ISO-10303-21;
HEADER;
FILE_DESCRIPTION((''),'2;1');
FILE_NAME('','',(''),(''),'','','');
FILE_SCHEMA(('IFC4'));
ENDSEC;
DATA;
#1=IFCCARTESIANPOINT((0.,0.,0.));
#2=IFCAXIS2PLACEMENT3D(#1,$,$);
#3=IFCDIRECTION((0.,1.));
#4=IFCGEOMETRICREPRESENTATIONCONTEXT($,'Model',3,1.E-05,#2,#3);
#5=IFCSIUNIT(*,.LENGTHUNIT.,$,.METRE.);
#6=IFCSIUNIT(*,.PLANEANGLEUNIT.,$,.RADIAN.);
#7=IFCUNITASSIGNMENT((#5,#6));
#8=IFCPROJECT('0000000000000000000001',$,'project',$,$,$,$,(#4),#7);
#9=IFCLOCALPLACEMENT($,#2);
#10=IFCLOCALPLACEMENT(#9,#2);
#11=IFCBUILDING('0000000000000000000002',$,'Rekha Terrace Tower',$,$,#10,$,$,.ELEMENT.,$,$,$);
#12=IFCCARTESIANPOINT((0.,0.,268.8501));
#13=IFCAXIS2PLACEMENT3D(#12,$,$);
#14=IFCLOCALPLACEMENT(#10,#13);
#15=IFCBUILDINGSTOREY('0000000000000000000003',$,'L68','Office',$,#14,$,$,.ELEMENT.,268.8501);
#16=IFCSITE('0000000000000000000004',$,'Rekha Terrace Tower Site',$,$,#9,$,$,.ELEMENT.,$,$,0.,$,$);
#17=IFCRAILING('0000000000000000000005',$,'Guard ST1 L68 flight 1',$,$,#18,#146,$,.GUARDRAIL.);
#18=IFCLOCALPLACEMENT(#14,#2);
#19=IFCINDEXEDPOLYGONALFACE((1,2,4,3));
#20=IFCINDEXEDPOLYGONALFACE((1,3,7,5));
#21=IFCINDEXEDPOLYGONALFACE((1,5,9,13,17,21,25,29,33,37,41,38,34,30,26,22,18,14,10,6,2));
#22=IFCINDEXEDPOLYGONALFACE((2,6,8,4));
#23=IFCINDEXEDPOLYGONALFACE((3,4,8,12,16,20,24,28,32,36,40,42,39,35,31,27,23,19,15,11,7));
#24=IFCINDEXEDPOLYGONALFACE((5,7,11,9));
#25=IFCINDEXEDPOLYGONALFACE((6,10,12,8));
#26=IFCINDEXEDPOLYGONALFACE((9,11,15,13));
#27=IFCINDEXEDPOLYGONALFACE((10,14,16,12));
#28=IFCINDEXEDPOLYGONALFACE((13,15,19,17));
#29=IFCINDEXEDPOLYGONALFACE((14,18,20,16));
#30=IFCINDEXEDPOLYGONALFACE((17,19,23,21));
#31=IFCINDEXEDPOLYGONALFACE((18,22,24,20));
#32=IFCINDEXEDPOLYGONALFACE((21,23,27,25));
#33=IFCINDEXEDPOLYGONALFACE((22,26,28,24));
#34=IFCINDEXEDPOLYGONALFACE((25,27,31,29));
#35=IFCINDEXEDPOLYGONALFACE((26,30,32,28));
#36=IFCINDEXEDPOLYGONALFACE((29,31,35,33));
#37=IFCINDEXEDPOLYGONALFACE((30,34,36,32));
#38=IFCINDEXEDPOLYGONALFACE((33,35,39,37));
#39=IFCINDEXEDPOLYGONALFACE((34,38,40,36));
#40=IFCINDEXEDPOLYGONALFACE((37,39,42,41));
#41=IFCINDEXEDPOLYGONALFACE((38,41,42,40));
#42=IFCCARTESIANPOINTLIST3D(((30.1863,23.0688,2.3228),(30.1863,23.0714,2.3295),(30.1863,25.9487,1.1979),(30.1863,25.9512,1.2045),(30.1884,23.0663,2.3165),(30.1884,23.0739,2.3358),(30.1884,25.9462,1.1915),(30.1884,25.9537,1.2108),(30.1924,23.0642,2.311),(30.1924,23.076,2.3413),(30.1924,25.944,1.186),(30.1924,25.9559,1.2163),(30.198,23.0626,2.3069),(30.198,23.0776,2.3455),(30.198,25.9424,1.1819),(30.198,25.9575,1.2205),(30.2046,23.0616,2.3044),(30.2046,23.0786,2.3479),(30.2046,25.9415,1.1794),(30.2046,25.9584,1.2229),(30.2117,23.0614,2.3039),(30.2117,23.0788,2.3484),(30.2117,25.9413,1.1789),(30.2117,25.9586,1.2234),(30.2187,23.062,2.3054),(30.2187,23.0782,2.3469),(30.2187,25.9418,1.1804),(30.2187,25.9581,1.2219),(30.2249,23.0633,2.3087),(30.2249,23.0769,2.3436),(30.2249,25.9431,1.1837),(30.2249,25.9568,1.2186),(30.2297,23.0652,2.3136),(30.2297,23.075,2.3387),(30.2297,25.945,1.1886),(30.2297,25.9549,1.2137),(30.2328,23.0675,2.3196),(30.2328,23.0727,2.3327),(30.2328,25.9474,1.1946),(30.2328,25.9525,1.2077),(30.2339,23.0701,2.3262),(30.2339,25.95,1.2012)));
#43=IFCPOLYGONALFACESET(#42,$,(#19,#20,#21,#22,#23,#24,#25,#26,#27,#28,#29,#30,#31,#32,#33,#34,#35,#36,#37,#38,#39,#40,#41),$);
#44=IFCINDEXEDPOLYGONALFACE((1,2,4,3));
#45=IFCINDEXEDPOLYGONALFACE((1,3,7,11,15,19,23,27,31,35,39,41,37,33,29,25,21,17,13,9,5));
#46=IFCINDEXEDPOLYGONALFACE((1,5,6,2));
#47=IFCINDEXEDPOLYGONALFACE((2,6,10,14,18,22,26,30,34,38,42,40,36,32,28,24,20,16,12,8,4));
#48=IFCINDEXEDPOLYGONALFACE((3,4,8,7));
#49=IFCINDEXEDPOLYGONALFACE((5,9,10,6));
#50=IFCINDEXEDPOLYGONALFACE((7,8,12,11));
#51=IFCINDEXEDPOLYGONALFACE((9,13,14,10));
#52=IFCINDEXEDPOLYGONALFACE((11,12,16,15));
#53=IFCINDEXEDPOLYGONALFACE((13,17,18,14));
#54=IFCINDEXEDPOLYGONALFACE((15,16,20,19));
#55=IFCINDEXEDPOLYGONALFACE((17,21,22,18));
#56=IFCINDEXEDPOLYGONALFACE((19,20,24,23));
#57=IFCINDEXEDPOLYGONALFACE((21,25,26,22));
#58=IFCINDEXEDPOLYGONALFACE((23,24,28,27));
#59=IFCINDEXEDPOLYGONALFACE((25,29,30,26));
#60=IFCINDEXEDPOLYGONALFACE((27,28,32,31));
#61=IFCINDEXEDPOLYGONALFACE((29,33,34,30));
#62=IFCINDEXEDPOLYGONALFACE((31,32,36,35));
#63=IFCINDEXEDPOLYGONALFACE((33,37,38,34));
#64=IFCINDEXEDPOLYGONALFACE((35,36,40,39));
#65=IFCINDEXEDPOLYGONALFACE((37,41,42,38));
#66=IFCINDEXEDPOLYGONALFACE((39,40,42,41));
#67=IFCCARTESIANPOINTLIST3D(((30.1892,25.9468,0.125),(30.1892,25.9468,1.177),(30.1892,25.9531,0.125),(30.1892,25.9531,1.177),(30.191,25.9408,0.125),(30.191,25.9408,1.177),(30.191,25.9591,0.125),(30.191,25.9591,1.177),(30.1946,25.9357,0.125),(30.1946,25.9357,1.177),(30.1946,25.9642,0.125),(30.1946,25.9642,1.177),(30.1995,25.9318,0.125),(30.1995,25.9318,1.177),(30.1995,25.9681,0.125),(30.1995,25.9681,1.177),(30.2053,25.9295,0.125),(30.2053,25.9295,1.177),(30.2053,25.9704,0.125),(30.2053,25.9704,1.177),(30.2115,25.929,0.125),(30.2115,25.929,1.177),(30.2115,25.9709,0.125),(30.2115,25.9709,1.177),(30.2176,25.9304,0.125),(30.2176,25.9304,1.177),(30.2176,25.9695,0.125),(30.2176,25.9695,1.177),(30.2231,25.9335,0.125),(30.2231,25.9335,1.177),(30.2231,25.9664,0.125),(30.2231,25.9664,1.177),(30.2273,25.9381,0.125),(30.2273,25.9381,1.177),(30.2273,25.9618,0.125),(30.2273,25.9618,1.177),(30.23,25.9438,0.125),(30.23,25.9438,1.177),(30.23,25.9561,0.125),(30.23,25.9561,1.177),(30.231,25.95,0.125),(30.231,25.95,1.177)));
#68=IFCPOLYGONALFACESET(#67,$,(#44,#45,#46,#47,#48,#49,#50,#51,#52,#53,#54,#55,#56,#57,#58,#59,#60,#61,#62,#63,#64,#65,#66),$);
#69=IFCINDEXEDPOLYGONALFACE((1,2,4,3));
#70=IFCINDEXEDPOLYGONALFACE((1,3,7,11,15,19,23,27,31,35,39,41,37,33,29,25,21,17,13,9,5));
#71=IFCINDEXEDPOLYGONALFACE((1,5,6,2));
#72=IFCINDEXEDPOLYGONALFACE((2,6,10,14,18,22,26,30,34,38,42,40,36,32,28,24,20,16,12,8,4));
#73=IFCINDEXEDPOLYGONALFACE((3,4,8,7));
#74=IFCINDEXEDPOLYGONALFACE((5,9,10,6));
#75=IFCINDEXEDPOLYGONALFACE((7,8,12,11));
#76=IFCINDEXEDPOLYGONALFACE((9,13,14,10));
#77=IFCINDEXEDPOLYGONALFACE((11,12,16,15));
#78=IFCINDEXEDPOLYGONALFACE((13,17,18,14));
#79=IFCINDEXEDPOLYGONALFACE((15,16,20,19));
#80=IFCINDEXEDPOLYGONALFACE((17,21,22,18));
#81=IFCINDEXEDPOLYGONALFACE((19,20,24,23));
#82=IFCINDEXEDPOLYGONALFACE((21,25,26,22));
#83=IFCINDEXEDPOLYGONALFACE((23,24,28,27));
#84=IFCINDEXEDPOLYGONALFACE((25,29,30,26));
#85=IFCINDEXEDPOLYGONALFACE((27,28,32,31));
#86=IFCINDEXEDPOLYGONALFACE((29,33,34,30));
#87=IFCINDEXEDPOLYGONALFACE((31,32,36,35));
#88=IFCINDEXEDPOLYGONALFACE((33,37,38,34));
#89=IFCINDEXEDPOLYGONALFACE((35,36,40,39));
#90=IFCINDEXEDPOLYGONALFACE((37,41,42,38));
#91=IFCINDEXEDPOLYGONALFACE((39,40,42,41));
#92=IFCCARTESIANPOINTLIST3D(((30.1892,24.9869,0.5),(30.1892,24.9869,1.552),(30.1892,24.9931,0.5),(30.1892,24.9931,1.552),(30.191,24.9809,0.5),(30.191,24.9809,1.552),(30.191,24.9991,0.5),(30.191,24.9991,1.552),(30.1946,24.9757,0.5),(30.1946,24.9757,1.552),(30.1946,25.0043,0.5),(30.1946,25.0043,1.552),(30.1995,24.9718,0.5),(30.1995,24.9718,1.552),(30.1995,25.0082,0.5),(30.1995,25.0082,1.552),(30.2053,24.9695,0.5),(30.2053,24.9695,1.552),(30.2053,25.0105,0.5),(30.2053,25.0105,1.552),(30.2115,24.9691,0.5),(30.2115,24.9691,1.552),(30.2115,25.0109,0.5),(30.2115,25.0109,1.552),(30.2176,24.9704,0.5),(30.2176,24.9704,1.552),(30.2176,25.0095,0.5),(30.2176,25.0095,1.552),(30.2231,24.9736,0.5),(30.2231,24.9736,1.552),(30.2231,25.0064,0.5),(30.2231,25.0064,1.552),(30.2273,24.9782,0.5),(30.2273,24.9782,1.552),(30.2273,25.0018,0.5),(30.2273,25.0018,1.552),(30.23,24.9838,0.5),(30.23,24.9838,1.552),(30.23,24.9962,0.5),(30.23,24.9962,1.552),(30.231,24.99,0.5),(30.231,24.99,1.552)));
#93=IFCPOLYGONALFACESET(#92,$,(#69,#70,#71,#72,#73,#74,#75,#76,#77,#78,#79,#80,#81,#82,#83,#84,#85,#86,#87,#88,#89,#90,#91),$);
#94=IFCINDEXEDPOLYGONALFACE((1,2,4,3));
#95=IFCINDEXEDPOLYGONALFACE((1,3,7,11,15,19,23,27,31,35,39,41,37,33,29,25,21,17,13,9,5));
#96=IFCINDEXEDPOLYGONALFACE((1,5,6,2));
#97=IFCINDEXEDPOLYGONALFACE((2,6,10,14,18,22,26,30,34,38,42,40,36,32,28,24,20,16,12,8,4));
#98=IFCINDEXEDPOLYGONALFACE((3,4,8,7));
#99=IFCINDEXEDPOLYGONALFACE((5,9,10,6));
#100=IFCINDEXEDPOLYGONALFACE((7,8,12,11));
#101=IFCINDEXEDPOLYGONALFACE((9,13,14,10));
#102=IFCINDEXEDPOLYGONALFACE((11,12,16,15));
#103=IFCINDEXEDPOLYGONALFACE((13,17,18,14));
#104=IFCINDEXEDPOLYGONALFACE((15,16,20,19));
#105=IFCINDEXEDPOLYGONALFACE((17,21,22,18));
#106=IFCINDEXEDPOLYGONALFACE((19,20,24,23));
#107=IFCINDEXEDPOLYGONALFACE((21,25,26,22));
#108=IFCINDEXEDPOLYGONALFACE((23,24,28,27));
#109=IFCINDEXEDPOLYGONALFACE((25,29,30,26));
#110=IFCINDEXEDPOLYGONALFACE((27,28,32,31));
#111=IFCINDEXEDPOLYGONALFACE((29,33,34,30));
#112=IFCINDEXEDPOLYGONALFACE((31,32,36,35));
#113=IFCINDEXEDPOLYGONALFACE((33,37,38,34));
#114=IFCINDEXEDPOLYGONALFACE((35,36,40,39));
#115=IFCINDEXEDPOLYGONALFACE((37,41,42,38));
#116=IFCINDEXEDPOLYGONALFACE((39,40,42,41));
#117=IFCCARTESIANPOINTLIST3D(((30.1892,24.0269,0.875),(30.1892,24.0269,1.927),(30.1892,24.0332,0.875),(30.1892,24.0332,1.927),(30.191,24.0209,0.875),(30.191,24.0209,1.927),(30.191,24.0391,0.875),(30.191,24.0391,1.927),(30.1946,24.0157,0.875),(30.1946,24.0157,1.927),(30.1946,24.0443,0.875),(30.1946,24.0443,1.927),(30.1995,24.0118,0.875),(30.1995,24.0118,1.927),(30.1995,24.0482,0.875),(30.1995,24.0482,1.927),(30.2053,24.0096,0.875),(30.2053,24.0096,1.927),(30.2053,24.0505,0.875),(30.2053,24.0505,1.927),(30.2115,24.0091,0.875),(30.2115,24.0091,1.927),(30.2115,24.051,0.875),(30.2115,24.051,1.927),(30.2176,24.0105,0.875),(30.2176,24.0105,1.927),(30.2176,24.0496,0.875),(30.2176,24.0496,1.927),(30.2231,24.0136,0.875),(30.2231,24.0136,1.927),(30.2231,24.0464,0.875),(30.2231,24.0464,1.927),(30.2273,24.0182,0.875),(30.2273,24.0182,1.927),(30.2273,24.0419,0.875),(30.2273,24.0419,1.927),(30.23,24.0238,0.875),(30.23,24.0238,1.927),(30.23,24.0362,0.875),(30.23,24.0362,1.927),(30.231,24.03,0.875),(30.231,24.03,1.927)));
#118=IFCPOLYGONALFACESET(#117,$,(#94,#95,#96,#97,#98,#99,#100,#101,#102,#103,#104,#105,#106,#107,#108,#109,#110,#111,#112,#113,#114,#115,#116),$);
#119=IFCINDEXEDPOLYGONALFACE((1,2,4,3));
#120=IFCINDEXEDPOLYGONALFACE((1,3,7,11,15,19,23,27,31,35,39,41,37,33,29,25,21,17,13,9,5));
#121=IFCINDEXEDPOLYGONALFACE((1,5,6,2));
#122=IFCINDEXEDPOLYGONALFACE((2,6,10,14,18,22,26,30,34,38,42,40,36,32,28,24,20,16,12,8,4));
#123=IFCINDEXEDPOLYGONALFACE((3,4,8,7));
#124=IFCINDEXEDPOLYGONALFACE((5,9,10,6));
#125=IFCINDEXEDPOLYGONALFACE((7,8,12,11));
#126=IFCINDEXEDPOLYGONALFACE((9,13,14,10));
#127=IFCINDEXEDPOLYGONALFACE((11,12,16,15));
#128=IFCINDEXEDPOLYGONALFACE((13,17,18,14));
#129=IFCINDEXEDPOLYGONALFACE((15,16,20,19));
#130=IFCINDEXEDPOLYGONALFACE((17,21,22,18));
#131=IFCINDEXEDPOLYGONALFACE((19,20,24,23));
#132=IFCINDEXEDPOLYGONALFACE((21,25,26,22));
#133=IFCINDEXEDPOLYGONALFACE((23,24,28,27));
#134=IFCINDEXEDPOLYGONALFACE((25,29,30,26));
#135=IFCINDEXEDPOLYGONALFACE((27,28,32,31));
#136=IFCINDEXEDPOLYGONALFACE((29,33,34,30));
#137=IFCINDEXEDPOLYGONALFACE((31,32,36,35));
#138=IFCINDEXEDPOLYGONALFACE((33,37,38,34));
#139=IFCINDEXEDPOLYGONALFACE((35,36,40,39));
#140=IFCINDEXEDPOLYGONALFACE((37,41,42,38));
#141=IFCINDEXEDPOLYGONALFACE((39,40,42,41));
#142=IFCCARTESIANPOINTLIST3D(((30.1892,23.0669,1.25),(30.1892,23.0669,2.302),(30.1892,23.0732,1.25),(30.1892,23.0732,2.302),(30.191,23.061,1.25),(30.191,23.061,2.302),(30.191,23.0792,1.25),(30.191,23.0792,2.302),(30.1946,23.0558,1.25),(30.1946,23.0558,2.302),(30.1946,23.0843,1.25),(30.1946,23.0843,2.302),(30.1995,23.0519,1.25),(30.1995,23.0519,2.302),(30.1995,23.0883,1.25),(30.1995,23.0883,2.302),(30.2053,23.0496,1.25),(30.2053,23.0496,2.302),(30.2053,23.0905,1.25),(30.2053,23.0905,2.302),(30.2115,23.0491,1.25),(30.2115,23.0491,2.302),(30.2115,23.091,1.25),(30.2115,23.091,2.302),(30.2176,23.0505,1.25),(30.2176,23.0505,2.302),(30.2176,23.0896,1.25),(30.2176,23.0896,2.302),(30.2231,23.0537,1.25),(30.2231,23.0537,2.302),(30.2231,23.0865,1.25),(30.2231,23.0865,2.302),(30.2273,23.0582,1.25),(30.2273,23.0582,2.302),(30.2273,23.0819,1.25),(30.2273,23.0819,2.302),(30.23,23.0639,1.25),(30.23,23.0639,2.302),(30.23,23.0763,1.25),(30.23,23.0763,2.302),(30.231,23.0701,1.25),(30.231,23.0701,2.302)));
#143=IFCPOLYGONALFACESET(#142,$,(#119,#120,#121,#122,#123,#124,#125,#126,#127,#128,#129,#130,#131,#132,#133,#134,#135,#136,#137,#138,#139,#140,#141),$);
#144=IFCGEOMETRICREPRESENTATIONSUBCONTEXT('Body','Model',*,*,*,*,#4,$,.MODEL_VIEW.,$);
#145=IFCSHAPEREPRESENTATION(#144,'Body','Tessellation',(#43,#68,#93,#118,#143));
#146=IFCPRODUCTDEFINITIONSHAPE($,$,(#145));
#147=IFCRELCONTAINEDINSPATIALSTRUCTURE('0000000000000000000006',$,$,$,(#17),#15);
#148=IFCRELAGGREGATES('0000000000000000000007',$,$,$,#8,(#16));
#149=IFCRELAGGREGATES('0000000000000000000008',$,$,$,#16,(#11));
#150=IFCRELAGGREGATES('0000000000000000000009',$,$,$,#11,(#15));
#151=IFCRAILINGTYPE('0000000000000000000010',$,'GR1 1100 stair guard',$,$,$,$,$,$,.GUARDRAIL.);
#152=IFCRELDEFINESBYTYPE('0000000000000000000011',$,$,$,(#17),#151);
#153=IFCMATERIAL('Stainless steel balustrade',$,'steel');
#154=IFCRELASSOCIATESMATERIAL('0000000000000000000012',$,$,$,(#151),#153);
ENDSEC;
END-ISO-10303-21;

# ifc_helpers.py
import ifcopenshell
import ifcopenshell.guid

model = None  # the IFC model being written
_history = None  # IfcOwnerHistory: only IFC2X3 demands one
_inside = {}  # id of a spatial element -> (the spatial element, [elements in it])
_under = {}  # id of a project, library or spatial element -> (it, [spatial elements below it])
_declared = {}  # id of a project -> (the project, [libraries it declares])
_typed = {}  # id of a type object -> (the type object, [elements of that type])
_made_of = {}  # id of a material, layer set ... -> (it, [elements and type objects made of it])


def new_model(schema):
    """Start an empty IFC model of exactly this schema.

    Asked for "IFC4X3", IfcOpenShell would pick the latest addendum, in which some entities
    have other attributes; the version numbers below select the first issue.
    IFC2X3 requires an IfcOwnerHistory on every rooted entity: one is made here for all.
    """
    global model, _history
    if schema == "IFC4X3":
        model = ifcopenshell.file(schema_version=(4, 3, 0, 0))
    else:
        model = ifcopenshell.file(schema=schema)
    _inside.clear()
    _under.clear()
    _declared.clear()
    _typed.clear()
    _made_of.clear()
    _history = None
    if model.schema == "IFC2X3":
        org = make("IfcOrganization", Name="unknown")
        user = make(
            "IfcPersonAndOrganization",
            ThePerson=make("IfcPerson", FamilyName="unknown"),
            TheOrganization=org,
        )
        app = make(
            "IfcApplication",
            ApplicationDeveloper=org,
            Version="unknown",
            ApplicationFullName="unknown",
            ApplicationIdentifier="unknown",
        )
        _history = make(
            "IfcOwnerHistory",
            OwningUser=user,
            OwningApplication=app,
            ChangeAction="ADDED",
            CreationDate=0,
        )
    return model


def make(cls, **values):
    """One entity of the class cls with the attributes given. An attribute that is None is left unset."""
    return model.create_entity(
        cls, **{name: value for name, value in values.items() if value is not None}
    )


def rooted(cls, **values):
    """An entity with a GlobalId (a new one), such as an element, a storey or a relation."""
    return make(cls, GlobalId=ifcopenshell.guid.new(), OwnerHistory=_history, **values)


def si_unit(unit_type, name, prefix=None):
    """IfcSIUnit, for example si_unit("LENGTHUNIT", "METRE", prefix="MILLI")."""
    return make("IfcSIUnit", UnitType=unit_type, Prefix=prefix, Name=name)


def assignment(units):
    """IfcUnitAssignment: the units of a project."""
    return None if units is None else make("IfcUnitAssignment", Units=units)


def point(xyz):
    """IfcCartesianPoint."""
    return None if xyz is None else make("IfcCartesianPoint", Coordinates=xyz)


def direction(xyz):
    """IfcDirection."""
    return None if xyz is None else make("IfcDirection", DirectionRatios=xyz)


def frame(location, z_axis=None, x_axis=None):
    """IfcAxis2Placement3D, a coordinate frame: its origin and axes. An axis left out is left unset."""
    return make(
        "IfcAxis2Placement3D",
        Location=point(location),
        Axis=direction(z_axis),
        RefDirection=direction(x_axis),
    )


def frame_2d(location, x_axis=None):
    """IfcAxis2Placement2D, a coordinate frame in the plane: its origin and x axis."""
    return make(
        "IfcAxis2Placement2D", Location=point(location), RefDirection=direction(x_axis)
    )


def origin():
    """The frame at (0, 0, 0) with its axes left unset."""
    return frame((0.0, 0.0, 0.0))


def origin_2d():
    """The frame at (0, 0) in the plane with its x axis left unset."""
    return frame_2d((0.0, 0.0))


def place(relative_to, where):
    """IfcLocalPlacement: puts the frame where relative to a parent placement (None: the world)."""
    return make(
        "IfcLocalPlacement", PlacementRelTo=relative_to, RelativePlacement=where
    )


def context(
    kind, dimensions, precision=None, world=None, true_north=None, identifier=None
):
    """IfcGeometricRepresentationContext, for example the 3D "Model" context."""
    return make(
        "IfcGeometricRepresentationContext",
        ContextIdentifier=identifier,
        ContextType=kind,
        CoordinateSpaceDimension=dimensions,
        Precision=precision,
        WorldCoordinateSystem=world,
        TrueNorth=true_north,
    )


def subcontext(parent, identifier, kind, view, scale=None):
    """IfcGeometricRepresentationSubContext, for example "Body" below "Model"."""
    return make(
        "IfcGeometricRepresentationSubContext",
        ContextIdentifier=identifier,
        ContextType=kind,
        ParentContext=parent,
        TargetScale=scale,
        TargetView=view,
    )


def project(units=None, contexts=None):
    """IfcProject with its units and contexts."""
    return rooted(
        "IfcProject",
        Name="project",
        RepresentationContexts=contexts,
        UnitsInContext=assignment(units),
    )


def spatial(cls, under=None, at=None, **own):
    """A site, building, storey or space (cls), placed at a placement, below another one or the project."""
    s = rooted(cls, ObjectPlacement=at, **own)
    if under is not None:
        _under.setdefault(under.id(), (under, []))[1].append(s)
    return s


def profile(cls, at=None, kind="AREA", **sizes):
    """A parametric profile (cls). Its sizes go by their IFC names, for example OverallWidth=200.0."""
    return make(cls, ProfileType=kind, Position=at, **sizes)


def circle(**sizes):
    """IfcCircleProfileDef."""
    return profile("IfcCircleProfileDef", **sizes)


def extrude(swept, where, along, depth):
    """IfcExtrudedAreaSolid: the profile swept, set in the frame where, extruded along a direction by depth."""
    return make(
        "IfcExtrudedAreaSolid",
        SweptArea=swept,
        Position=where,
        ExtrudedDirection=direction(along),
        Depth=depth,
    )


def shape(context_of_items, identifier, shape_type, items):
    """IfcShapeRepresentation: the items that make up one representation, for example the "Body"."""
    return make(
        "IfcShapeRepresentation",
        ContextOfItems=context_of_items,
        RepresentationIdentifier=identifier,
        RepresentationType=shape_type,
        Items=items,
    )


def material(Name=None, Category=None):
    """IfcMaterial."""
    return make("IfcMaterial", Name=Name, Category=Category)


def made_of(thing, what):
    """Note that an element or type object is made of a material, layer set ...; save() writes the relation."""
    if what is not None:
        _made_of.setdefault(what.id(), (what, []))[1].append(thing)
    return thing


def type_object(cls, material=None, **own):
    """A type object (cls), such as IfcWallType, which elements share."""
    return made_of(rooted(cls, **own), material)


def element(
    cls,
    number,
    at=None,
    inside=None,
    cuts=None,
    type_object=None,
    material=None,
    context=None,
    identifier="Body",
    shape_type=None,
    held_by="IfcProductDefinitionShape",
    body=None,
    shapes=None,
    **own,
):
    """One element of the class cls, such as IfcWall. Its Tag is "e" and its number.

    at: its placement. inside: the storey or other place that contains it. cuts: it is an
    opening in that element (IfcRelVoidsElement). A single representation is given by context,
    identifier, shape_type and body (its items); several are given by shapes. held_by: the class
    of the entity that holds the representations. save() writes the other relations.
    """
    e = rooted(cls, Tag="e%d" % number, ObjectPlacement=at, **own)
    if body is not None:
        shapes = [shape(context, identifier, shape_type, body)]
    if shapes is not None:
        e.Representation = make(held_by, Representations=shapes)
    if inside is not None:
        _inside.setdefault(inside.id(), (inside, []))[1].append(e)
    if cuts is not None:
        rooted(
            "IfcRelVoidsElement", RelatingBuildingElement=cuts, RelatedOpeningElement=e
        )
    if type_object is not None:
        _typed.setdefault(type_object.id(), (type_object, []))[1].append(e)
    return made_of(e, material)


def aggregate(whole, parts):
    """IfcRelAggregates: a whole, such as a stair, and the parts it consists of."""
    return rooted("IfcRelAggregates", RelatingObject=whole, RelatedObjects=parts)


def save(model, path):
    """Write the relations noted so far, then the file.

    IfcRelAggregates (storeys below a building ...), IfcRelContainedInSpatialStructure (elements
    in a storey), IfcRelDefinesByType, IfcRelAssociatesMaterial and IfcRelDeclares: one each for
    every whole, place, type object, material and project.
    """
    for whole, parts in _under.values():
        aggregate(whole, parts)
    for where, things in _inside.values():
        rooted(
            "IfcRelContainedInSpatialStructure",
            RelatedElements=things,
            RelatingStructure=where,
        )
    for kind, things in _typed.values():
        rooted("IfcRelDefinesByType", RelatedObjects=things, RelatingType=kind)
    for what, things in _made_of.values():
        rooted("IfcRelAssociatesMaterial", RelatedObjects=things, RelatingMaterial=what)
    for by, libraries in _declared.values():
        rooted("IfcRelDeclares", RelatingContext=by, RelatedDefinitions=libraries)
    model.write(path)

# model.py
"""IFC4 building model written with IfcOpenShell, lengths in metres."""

from ifc_helpers import new_model, si_unit, direction, frame, origin, origin_2d, place, context, subcontext, project, spatial, circle, extrude, material, type_object, element, save


model = new_model("IFC4")

# Units and contexts
model_context = context("Model", 3, precision=1e-05, world=origin(), true_north=direction((0.0, 1.0)))
body_context = subcontext(model_context, "Body", "Model", "MODEL_VIEW")
ifc_project = project(units=[si_unit("LENGTHUNIT", "METRE"), si_unit("PLANEANGLEUNIT", "RADIAN")], contexts=[model_context])

# Site, building, storey
site_placement = place(None, origin())
site = spatial("IfcSite", under=ifc_project, at=site_placement, Name="Rekha Terrace Tower Site", CompositionType="ELEMENT", RefElevation=0.0)
building_placement = place(site_placement, origin())
building = spatial("IfcBuilding", under=site, at=building_placement, Name="Rekha Terrace Tower", CompositionType="ELEMENT")
storey_placement = place(building_placement, frame((0.0, 0.0, 268.8501)))
storey = spatial("IfcBuildingStorey", under=building, at=storey_placement, Name="L68", Description="Office", CompositionType="ELEMENT", Elevation=268.8501)

# Railing
ifc_material_1 = material(Name="Stainless steel balustrade", Category="steel")
railing_type_1 = type_object("IfcRailingType", Name="GR1 1100 stair guard", PredefinedType="GUARDRAIL", material=ifc_material_1)
railing_1_placement = place(storey_placement, frame((30.21, 25.95, 0.125)))
element("IfcRailing", 1, at=railing_1_placement, inside=storey, type_object=railing_type_1, Name="Guard ST1 L68 flight 1", PredefinedType="GUARDRAIL", context=body_context, shape_type="SweptSolid", body=[
    extrude(circle(Radius=0.0239, at=origin_2d()), frame((0.0, 0.0, 1.0762), z_axis=(0.0, -0.931452, 0.363863), x_axis=(1.0, 0.0, 0.0)), (0.0, 0.0, 1.0), 3.0918),
    extrude(circle(Radius=0.021, at=origin_2d()), origin(), (0.0, 0.0, 1.0), 1.052),
    extrude(circle(Radius=0.021, at=origin_2d()), frame((0.0, -0.96, 0.375)), (0.0, 0.0, 1.0), 1.052),
    extrude(circle(Radius=0.021, at=origin_2d()), frame((0.0, -1.9199, 0.75)), (0.0, 0.0, 1.0), 1.052),
    extrude(circle(Radius=0.021, at=origin_2d()), frame((0.0, -2.8799, 1.125)), (0.0, 0.0, 1.0), 1.052),
])

save(model, "model.ifc")
